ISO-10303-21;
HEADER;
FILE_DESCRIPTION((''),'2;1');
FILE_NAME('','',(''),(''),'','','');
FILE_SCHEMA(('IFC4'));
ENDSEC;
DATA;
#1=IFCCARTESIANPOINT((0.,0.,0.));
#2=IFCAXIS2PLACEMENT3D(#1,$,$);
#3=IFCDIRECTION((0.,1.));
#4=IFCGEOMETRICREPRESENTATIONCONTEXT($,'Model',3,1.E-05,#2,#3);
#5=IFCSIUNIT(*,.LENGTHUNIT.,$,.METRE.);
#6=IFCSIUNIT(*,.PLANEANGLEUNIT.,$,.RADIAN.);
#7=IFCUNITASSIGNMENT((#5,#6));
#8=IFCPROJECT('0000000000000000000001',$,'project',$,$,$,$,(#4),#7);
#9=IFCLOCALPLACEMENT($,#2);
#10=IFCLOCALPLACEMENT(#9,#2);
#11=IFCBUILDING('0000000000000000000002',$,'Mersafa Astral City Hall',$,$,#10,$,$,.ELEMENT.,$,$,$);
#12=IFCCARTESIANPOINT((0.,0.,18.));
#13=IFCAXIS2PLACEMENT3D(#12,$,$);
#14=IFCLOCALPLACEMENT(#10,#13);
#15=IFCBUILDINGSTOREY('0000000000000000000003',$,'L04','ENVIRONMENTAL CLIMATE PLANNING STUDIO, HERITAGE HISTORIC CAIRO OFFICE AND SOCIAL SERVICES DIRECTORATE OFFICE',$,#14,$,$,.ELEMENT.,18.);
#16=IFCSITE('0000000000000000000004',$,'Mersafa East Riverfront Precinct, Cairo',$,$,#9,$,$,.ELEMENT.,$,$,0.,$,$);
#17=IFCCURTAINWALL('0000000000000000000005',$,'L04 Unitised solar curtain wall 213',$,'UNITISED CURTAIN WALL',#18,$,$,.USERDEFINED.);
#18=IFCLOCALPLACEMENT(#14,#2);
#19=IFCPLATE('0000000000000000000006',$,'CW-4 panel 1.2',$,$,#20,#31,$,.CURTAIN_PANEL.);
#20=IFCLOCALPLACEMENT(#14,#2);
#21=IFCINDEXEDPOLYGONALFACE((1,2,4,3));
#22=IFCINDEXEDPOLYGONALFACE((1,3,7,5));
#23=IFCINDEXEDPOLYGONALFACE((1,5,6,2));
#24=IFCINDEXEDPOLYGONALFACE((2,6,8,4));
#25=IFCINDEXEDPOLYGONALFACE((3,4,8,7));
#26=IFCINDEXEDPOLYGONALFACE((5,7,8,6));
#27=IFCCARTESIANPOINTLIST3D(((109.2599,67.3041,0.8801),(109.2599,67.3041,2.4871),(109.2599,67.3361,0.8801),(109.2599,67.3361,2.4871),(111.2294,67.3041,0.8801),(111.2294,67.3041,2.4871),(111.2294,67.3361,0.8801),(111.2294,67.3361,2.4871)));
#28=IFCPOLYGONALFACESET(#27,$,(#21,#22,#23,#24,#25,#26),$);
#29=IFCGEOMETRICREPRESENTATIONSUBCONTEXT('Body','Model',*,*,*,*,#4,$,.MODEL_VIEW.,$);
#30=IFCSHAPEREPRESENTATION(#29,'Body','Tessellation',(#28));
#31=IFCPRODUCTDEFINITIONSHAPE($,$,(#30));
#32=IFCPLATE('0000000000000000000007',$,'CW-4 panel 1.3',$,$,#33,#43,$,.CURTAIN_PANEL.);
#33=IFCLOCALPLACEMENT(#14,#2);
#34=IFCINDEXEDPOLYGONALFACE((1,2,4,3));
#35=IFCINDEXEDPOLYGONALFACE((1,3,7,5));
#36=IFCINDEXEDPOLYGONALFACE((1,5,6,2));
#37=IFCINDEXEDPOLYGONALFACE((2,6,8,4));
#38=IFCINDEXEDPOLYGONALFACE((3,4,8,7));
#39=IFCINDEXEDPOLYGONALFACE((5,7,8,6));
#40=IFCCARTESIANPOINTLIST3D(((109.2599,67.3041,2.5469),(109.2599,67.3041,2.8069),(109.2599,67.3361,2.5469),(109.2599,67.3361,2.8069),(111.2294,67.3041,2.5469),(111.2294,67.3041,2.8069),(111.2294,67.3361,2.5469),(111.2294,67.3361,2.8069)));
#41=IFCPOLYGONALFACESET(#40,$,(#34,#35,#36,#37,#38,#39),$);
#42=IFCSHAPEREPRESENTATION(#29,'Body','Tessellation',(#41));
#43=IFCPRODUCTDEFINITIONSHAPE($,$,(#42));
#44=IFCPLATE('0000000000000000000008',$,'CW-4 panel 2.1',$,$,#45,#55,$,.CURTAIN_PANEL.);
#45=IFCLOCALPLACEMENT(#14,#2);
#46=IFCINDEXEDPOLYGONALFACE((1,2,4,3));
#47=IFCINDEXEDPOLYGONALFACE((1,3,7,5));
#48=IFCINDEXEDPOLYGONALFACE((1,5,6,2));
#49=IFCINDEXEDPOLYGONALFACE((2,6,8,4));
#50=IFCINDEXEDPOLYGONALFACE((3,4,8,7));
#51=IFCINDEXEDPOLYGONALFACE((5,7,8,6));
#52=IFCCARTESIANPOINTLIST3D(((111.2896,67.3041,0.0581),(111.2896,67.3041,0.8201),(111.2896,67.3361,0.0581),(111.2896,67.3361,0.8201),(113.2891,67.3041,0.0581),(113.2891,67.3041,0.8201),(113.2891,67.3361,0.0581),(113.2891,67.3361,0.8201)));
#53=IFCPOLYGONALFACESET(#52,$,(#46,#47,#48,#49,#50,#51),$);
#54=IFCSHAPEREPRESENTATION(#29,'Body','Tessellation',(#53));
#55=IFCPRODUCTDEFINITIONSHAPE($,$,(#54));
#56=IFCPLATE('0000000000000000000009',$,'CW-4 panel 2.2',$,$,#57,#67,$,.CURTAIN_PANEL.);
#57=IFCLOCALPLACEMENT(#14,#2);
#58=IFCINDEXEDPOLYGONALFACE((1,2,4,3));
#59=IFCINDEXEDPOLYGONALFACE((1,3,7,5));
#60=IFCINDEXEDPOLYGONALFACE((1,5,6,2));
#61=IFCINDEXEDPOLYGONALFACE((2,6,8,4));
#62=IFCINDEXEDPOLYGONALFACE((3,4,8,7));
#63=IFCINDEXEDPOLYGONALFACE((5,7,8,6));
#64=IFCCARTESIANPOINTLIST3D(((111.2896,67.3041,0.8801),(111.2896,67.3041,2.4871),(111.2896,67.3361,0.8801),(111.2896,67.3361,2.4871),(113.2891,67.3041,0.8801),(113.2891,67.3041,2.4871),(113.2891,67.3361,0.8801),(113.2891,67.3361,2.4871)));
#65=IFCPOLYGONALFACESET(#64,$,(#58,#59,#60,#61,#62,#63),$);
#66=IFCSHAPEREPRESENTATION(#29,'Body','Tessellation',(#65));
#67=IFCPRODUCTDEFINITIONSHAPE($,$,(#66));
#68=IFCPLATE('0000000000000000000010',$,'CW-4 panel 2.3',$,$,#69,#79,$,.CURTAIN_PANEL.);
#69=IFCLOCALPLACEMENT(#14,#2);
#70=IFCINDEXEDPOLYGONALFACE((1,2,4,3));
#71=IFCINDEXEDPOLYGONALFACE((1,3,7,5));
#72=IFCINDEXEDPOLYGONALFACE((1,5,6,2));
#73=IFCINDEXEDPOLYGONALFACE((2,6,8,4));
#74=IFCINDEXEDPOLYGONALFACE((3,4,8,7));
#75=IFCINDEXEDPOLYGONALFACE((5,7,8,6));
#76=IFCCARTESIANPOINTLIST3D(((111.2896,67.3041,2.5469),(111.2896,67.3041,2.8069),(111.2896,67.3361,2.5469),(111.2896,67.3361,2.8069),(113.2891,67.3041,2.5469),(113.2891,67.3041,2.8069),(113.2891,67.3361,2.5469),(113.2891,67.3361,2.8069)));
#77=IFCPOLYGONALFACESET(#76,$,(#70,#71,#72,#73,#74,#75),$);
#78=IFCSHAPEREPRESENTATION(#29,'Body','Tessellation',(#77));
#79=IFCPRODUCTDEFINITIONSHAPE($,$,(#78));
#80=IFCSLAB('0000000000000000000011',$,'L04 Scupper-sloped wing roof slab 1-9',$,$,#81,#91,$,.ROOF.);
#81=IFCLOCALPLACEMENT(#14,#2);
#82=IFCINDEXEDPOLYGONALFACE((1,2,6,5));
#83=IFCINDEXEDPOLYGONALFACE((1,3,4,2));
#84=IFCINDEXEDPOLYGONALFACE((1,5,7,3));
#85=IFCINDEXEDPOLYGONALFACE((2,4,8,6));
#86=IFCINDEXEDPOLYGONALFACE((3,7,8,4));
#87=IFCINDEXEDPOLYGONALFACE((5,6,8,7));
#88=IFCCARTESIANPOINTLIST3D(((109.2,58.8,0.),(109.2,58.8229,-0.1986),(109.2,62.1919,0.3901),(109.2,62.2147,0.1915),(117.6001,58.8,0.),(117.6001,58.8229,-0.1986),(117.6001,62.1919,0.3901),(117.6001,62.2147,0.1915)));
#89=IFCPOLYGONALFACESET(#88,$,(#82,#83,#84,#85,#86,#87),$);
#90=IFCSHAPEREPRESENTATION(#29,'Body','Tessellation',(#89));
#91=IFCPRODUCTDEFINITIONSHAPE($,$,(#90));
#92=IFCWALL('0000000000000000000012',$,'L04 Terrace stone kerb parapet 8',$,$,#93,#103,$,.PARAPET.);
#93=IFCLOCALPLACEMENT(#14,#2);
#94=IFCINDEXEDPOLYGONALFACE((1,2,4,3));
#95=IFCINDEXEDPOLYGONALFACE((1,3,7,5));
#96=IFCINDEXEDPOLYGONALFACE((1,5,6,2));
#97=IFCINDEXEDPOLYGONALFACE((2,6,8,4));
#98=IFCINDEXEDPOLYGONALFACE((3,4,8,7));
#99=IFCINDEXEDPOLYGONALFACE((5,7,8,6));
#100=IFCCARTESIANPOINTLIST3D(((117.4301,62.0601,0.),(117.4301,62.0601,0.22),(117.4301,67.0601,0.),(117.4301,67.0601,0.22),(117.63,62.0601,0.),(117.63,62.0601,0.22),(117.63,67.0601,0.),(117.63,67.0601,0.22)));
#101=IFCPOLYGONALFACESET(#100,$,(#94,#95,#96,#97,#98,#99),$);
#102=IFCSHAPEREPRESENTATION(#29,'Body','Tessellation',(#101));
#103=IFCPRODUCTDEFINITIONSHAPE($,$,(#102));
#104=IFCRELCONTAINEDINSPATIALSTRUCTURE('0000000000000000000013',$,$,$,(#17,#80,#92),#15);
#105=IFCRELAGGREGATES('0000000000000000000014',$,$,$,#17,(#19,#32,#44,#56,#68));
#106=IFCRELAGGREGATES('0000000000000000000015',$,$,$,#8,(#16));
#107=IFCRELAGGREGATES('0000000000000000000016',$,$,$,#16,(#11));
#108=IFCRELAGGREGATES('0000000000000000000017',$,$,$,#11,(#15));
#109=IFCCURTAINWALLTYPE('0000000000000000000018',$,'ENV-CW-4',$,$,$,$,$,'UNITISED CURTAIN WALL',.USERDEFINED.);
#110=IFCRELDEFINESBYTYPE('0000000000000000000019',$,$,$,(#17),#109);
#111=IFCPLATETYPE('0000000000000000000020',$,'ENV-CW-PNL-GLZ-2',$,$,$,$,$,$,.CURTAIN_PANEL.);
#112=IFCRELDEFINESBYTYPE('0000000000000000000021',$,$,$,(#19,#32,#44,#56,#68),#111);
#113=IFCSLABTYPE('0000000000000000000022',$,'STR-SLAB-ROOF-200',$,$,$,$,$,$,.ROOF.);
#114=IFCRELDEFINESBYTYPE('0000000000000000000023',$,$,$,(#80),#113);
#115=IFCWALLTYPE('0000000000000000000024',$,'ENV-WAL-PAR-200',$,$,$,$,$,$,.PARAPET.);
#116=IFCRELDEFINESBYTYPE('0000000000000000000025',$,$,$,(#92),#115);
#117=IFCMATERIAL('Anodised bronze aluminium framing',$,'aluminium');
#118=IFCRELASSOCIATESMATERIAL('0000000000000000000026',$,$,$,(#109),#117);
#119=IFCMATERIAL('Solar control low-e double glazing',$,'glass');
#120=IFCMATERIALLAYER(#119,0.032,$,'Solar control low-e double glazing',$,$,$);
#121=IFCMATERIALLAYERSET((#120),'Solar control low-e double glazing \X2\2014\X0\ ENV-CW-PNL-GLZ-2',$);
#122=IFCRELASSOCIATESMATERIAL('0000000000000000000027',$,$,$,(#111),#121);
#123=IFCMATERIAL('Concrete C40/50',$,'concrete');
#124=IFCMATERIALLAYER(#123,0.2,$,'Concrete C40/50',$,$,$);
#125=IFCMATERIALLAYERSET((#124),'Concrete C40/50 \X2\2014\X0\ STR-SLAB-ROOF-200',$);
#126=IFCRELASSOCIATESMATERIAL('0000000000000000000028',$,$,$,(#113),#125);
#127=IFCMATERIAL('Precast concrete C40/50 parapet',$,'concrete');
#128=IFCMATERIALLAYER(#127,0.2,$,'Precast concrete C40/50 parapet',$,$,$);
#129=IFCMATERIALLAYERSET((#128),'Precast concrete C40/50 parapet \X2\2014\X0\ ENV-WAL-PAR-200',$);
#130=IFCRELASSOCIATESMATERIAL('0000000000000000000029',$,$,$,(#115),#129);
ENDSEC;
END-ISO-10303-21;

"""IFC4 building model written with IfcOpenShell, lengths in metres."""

from ifc_helpers import new_model, si_unit, direction, frame, frame_2d, origin, origin_2d, place, context, subcontext, project, spatial, polyline, rectangle, outline, extrude, material, layer, layer_set, type_object, element, aggregate, save


model = new_model("IFC4")

# Units and contexts
model_context = context("Model", 3, precision=1e-05, world=origin(), true_north=direction((0.0, 1.0)))
body_context = subcontext(model_context, "Body", "Model", "MODEL_VIEW")
ifc_project = project(units=[si_unit("LENGTHUNIT", "METRE"), si_unit("PLANEANGLEUNIT", "RADIAN")], contexts=[model_context])

# Site, building, storey
site_placement = place(None, origin())
site = spatial("IfcSite", under=ifc_project, at=site_placement, Name="Mersafa East Riverfront Precinct, Cairo", CompositionType="ELEMENT", RefElevation=0.0)
building_placement = place(site_placement, origin())
building = spatial("IfcBuilding", under=site, at=building_placement, Name="Mersafa Astral City Hall", CompositionType="ELEMENT")
storey_placement = place(building_placement, frame((0.0, 0.0, 18.0)))
storey = spatial("IfcBuildingStorey", under=building, at=storey_placement, Name="L04", Description="ENVIRONMENTAL CLIMATE PLANNING STUDIO, HERITAGE HISTORIC CAIRO OFFICE AND SOCIAL SERVICES DIRECTORATE OFFICE", CompositionType="ELEMENT", Elevation=18.0)

# Curtain wall
ifc_material_1 = material(Name="Anodised bronze aluminium framing", Category="aluminium")
curtain_wall_type = type_object("IfcCurtainWallType", Name="ENV-CW-4", ElementType="UNITISED CURTAIN WALL", PredefinedType="USERDEFINED", material=ifc_material_1)
curtain_wall_placement = place(storey_placement, origin())
curtain_wall = element("IfcCurtainWall", 1, at=curtain_wall_placement, inside=storey, type_object=curtain_wall_type, Name="L04 Unitised solar curtain wall 213", ObjectType="UNITISED CURTAIN WALL", PredefinedType="USERDEFINED")

# Plates
ifc_material_2 = material(Name="Solar control low-e double glazing", Category="glass")
ifc_layer_1 = layer(ifc_material_2, 0.032, Name="Solar control low-e double glazing")
ifc_layer_set_1 = layer_set([ifc_layer_1], Name="Solar control low-e double glazing — ENV-CW-PNL-GLZ-2")
plate_type = type_object("IfcPlateType", Name="ENV-CW-PNL-GLZ-2", PredefinedType="CURTAIN_PANEL", material=ifc_layer_set_1)
plate_1_placement = place(storey_placement, frame((110.2446, 67.3201, 0.8801), z_axis=(0.0, 0.0, 1.0), x_axis=(1.0, 0.0, 0.0)))
plate_1 = element("IfcPlate", 2, at=plate_1_placement, type_object=plate_type, Name="CW-4 panel 1.2", PredefinedType="CURTAIN_PANEL", context=body_context, shape_type="SweptSolid", body=[
    extrude(rectangle(XDim=1.9695, YDim=0.032, at=origin_2d()), origin(), (0.0, 0.0, 1.0), 1.6069),
])
plate_2_placement = place(storey_placement, frame((110.2446, 67.3201, 2.5469), z_axis=(0.0, 0.0, 1.0), x_axis=(1.0, 0.0, 0.0)))
plate_2 = element("IfcPlate", 3, at=plate_2_placement, type_object=plate_type, Name="CW-4 panel 1.3", PredefinedType="CURTAIN_PANEL", context=body_context, shape_type="SweptSolid", body=[
    extrude(rectangle(XDim=1.9695, YDim=0.032, at=origin_2d()), origin(), (0.0, 0.0, 1.0), 0.26),
])
plate_3_placement = place(storey_placement, frame((112.2893, 67.3201, 0.0581), z_axis=(0.0, 0.0, 1.0), x_axis=(1.0, 0.0, 0.0)))
plate_3 = element("IfcPlate", 4, at=plate_3_placement, type_object=plate_type, Name="CW-4 panel 2.1", PredefinedType="CURTAIN_PANEL", context=body_context, shape_type="SweptSolid", body=[
    extrude(rectangle(XDim=1.9995, YDim=0.032, at=origin_2d()), origin(), (0.0, 0.0, 1.0), 0.762),
])
plate_4_placement = place(storey_placement, frame((112.2893, 67.3201, 0.8801), z_axis=(0.0, 0.0, 1.0), x_axis=(1.0, 0.0, 0.0)))
plate_4 = element("IfcPlate", 5, at=plate_4_placement, type_object=plate_type, Name="CW-4 panel 2.2", PredefinedType="CURTAIN_PANEL", context=body_context, shape_type="SweptSolid", body=[
    extrude(rectangle(XDim=1.9995, YDim=0.032, at=origin_2d()), origin(), (0.0, 0.0, 1.0), 1.6069),
])
plate_5_placement = place(storey_placement, frame((112.2893, 67.3201, 2.5469), z_axis=(0.0, 0.0, 1.0), x_axis=(1.0, 0.0, 0.0)))
plate_5 = element("IfcPlate", 6, at=plate_5_placement, type_object=plate_type, Name="CW-4 panel 2.3", PredefinedType="CURTAIN_PANEL", context=body_context, shape_type="SweptSolid", body=[
    extrude(rectangle(XDim=1.9995, YDim=0.032, at=origin_2d()), origin(), (0.0, 0.0, 1.0), 0.26),
])
aggregate(curtain_wall, [plate_1, plate_2, plate_3, plate_4, plate_5])

# Slab
ifc_material_3 = material(Name="Concrete C40/50", Category="concrete")
ifc_layer_2 = layer(ifc_material_3, 0.2, Name="Concrete C40/50")
ifc_layer_set_2 = layer_set([ifc_layer_2], Name="Concrete C40/50 — STR-SLAB-ROOF-200")
slab_type = type_object("IfcSlabType", Name="STR-SLAB-ROOF-200", PredefinedType="ROOF", material=ifc_layer_set_2)
slab_placement = place(storey_placement, frame((117.6001, 62.1919, 0.3901), z_axis=(0.0, -0.114269, 0.99345), x_axis=(-1.0, 0.0, 0.0)))
element("IfcSlab", 7, at=slab_placement, inside=storey, type_object=slab_type, Name="L04 Scupper-sloped wing roof slab 1-9", PredefinedType="ROOF", context=body_context, shape_type="SweptSolid", body=[
    extrude(outline(polyline([(0.0, 0.0), (8.4001, 0.0), (8.4001, 3.4142), (0.0, 3.4142), (0.0, 0.0)])), origin(), (0.0, 0.0, -1.0), 0.2),
])

# Wall
ifc_material_4 = material(Name="Precast concrete C40/50 parapet", Category="concrete")
ifc_layer_3 = layer(ifc_material_4, 0.2, Name="Precast concrete C40/50 parapet")
ifc_layer_set_3 = layer_set([ifc_layer_3], Name="Precast concrete C40/50 parapet — ENV-WAL-PAR-200")
wall_type = type_object("IfcWallType", Name="ENV-WAL-PAR-200", PredefinedType="PARAPET", material=ifc_layer_set_3)
wall_placement = place(storey_placement, frame((117.53, 62.0601, 0.0), z_axis=(0.0, 0.0, 1.0), x_axis=(0.0, 1.0, 0.0)))
element("IfcWall", 8, at=wall_placement, inside=storey, type_object=wall_type, Name="L04 Terrace stone kerb parapet 8", PredefinedType="PARAPET", context=body_context, shape_type="SweptSolid", body=[
    extrude(rectangle(XDim=5.0, YDim=0.2, at=frame_2d((2.5, 0.0))), origin(), (0.0, 0.0, 1.0), 0.22),
])

save(model, "model.ifc")
